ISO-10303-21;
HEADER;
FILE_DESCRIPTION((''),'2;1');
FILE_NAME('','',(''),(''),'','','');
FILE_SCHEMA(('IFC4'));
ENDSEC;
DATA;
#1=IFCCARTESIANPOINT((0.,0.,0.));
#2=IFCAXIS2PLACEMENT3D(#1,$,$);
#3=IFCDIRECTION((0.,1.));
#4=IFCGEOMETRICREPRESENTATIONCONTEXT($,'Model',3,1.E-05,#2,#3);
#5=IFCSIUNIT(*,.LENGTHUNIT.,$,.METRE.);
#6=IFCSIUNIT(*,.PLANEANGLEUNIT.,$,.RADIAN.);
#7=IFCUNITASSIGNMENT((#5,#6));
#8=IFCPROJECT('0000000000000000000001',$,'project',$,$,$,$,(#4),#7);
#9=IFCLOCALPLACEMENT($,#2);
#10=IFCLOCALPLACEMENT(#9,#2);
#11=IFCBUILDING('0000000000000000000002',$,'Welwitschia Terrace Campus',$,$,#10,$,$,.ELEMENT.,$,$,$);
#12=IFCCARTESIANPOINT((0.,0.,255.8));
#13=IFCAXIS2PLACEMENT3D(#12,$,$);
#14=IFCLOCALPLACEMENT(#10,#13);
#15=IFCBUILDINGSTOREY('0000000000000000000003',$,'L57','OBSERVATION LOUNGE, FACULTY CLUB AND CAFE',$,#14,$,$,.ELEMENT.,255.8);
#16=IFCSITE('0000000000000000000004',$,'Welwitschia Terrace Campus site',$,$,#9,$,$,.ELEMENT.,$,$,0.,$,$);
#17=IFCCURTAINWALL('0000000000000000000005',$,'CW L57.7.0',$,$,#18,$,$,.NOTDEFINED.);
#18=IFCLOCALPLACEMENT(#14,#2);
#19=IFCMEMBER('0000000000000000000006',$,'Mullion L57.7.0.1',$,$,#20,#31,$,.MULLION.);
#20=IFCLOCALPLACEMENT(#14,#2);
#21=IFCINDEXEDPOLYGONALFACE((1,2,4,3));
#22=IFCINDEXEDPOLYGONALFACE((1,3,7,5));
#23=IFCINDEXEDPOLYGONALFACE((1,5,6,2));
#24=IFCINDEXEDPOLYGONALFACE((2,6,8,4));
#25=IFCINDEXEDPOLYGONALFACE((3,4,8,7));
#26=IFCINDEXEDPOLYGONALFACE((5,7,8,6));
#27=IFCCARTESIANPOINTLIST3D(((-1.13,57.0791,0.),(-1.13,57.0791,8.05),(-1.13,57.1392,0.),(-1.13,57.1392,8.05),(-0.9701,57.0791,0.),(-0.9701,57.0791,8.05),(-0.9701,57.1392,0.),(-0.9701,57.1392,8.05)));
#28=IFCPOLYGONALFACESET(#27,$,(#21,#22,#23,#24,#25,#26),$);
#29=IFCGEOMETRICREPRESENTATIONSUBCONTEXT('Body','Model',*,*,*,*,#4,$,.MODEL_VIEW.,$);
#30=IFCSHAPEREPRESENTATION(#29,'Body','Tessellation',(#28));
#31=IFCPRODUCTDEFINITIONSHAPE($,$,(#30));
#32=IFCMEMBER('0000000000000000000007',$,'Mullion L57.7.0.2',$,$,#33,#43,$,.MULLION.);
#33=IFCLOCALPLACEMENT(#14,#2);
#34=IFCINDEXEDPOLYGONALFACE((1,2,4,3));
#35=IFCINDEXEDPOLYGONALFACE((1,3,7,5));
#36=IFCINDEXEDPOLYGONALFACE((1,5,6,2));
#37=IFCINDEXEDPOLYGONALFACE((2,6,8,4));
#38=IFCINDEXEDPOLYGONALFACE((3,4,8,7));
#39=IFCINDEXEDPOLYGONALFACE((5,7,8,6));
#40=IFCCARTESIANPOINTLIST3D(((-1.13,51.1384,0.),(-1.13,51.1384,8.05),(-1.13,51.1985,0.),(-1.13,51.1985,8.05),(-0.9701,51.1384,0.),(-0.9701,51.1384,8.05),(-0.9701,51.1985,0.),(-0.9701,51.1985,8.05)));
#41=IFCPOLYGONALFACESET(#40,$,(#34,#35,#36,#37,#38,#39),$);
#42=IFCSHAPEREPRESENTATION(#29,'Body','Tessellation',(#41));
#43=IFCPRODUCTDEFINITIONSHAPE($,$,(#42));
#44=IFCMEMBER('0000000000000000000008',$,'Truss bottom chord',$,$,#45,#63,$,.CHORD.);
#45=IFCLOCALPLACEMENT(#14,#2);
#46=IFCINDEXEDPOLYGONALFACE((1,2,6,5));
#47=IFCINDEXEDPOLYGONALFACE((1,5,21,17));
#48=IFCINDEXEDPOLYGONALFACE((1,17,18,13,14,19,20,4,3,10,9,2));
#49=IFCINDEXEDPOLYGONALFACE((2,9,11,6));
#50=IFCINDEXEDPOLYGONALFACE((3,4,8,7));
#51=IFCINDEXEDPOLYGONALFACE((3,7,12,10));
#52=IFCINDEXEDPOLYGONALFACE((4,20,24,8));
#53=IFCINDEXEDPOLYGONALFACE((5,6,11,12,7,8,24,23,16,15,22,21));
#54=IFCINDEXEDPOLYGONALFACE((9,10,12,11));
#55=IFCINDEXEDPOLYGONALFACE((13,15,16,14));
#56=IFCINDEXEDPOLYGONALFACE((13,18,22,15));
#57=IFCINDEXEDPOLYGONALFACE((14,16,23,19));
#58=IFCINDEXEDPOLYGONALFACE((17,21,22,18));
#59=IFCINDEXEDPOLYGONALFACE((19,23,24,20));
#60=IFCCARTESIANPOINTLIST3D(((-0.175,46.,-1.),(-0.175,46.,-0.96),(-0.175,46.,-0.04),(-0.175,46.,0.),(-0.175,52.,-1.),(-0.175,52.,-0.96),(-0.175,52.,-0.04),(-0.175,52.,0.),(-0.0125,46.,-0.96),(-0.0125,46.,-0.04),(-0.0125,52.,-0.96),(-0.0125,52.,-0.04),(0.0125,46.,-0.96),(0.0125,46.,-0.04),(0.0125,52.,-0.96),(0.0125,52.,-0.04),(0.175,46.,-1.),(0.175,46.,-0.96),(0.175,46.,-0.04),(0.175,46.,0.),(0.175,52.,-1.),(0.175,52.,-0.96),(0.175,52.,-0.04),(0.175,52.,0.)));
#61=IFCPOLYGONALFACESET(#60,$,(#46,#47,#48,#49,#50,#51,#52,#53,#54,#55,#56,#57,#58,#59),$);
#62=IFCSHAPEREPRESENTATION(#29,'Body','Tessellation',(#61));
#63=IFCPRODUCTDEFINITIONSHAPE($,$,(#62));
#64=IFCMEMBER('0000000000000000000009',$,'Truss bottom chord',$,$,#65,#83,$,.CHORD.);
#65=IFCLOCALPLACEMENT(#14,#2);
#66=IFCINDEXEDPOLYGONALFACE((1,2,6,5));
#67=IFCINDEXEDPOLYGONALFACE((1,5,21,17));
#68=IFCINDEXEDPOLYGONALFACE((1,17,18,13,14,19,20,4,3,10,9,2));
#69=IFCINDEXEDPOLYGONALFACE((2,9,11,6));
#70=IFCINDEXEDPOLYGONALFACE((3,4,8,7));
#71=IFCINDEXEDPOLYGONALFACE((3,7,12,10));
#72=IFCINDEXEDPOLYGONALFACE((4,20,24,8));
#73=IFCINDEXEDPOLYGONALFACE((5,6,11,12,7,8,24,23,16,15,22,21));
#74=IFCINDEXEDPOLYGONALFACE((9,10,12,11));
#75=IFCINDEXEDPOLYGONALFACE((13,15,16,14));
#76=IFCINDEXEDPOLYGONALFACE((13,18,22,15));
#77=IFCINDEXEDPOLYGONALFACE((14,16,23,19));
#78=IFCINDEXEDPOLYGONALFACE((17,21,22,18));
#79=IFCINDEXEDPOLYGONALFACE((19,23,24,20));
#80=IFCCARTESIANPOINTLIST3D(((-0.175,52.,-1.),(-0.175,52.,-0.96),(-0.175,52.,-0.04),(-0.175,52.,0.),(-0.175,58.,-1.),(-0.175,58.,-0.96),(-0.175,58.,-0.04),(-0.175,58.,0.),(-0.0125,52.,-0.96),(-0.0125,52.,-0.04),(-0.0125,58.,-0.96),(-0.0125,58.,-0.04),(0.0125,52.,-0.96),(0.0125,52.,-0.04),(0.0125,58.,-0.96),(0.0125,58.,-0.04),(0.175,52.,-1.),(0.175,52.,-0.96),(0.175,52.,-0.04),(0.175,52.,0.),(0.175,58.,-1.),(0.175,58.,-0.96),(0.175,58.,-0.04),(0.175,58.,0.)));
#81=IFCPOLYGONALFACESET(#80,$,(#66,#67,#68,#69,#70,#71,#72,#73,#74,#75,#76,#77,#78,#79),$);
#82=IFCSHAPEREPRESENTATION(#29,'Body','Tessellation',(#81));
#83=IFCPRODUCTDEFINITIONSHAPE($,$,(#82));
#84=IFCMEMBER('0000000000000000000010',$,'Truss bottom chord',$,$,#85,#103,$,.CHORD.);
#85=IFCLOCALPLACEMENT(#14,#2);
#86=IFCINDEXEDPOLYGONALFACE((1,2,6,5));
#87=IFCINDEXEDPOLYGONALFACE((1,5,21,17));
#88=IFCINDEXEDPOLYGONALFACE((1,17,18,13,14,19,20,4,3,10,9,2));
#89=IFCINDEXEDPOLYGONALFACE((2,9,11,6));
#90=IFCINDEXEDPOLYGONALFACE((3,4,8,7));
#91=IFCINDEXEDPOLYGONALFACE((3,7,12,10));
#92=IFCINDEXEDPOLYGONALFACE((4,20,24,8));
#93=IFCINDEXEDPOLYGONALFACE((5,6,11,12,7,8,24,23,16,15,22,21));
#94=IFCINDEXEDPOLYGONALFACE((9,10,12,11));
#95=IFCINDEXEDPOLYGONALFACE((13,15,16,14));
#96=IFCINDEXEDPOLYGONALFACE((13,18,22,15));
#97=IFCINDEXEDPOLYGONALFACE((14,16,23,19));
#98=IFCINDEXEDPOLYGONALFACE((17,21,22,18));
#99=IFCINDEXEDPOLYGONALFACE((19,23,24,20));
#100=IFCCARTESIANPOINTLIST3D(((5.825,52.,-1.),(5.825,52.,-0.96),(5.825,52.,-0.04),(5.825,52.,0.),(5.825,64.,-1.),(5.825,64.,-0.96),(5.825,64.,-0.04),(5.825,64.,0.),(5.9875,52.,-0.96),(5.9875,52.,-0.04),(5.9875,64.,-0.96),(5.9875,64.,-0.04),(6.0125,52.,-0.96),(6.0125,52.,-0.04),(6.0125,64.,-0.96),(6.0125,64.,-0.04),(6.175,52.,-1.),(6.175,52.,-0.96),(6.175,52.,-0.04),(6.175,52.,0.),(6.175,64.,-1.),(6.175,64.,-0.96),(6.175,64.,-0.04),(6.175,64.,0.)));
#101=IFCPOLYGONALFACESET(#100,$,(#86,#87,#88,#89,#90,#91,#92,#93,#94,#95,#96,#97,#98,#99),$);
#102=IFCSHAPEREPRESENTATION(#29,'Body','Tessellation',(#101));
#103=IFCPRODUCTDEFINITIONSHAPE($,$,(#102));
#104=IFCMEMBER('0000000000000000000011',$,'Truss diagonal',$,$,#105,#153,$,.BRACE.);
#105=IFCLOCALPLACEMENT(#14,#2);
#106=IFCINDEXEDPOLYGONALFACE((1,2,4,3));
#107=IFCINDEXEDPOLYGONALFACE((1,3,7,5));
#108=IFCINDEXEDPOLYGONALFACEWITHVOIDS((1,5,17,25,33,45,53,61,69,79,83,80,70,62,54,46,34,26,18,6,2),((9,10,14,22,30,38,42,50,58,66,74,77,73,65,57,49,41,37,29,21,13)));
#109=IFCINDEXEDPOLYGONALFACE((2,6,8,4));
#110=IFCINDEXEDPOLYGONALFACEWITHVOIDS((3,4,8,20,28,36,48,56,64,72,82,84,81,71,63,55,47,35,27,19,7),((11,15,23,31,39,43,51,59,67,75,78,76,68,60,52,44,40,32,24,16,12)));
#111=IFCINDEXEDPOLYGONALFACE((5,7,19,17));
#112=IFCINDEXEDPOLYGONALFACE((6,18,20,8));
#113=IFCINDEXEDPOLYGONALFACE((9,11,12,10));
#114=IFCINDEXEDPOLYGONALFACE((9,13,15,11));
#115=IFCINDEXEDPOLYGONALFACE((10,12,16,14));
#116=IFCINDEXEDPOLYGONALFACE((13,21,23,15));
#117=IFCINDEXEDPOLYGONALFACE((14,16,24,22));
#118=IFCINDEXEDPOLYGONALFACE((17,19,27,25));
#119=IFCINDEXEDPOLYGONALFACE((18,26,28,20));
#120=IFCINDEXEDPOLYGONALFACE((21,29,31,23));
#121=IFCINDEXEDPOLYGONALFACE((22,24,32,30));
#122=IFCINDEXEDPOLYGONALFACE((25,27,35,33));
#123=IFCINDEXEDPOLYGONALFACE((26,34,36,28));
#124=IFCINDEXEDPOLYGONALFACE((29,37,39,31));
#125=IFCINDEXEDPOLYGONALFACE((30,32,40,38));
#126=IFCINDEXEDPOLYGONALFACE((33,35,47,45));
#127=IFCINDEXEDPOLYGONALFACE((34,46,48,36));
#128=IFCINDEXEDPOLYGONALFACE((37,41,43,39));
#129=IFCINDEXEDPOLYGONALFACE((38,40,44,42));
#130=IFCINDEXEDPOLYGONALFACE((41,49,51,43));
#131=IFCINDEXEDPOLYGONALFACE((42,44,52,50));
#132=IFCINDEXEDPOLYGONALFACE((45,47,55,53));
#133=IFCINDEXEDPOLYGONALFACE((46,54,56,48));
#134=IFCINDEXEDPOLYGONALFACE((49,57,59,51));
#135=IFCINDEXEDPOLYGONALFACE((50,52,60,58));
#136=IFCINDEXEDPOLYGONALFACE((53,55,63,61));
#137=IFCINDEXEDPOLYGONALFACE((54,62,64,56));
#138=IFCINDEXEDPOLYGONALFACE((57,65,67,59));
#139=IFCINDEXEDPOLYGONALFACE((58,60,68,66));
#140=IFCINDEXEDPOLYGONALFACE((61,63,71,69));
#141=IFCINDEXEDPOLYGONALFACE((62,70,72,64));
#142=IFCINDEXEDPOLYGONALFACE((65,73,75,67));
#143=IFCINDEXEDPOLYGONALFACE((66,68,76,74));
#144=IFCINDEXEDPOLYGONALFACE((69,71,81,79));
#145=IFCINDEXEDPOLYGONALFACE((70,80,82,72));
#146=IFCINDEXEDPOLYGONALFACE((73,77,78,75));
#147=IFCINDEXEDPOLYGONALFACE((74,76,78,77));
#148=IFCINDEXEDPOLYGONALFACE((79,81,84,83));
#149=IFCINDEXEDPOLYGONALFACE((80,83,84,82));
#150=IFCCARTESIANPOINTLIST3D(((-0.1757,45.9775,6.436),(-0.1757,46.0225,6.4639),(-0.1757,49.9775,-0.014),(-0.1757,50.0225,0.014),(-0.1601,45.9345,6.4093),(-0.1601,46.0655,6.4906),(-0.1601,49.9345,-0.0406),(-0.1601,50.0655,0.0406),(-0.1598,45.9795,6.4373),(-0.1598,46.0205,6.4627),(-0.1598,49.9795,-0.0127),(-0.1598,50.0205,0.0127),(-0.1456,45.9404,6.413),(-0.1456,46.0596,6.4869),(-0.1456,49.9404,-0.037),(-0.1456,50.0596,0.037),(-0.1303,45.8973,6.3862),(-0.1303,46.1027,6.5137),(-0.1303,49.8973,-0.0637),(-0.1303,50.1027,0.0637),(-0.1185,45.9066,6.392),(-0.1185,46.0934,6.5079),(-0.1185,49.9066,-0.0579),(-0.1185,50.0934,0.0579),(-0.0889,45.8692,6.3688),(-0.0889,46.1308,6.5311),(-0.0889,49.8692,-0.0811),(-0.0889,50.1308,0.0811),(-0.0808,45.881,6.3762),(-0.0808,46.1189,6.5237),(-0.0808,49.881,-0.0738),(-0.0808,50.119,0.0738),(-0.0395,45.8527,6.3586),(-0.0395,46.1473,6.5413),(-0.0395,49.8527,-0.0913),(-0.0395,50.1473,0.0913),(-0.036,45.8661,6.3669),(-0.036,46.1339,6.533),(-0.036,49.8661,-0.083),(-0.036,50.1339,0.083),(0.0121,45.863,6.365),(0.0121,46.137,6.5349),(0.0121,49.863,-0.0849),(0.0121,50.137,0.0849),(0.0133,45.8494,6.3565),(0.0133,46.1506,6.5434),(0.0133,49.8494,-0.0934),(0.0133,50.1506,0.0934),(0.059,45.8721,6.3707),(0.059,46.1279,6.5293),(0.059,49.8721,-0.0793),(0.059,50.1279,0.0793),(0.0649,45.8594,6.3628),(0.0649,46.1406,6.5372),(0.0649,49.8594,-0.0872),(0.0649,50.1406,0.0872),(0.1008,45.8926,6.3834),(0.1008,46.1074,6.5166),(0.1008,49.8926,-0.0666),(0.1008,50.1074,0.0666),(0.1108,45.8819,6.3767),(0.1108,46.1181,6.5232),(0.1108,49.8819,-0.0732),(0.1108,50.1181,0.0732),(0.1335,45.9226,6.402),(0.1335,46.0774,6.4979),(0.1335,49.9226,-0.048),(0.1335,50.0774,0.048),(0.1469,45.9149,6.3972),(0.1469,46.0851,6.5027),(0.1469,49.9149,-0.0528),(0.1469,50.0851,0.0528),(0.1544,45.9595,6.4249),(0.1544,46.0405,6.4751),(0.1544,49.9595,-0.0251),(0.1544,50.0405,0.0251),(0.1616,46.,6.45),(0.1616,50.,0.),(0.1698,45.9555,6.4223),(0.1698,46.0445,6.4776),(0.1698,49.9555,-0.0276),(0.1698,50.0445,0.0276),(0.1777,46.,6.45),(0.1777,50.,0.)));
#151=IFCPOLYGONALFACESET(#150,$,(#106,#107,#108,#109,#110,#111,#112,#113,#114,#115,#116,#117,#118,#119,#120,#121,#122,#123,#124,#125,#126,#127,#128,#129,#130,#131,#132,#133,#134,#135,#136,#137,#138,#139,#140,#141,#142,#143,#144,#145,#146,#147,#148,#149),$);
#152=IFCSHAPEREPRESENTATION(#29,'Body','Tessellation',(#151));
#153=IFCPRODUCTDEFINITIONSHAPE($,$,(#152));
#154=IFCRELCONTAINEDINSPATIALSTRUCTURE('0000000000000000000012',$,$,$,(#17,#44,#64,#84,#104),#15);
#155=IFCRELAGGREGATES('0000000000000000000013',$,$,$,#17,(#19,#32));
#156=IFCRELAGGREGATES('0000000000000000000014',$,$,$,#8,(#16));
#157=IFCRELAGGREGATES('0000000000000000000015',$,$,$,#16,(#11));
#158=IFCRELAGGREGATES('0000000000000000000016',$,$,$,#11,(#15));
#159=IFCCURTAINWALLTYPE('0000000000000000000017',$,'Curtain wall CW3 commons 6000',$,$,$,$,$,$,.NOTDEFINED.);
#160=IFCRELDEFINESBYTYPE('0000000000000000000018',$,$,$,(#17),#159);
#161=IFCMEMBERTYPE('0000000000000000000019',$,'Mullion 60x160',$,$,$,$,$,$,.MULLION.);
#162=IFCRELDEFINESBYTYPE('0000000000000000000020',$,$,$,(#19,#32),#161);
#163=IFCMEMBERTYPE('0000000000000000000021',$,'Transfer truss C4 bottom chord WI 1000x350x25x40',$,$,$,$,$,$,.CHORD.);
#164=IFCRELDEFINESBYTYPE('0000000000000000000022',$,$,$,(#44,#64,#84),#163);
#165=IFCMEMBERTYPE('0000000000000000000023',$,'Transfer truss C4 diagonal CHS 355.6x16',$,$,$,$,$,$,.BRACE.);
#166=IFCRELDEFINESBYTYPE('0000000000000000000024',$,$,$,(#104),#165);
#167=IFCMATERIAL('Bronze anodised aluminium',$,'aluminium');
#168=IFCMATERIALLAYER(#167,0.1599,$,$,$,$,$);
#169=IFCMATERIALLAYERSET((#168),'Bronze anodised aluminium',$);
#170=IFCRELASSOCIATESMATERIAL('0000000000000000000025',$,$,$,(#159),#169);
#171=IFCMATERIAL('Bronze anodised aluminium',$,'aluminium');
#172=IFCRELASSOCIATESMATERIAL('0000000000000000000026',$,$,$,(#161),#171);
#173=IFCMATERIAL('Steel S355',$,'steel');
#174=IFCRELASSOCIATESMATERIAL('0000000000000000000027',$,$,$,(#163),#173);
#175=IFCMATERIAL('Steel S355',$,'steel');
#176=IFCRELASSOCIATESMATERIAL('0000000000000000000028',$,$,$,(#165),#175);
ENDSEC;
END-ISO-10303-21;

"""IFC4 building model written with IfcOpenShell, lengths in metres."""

from ifc_helpers import new_model, si_unit, direction, frame, origin, origin_2d, place, context, subcontext, project, spatial, rectangle, hollow_circle, i_section, extrude, material, layer, layer_set, material_profile, profile_set, type_object, element, aggregate, save


model = new_model("IFC4")

# Units and contexts
model_context = context("Model", 3, precision=1e-05, world=origin(), true_north=direction((0.0, 1.0)))
body_context = subcontext(model_context, "Body", "Model", "MODEL_VIEW")
ifc_project = project(units=[si_unit("LENGTHUNIT", "METRE"), si_unit("PLANEANGLEUNIT", "RADIAN")], contexts=[model_context])

# Site, building, storey
site_placement = place(None, origin())
site = spatial("IfcSite", under=ifc_project, at=site_placement, Name="Welwitschia Terrace Campus site", CompositionType="ELEMENT", RefElevation=0.0)
building_placement = place(site_placement, origin())
building = spatial("IfcBuilding", under=site, at=building_placement, Name="Welwitschia Terrace Campus", CompositionType="ELEMENT")
storey_placement = place(building_placement, frame((0.0, 0.0, 255.8)))
storey = spatial("IfcBuildingStorey", under=building, at=storey_placement, Name="L57", Description="OBSERVATION LOUNGE, FACULTY CLUB AND CAFE", CompositionType="ELEMENT", Elevation=255.8)

# Curtain wall, members
ifc_material_1 = material(Name="Bronze anodised aluminium", Category="aluminium")
ifc_layer_1 = layer(ifc_material_1, 0.1599)
ifc_layer_set_1 = layer_set([ifc_layer_1], Name="Bronze anodised aluminium")
curtain_wall_type = type_object("IfcCurtainWallType", Name="Curtain wall CW3 commons 6000", PredefinedType="NOTDEFINED", material=ifc_layer_set_1)
curtain_wall_placement = place(storey_placement, origin())
curtain_wall = element("IfcCurtainWall", 1, at=curtain_wall_placement, inside=storey, type_object=curtain_wall_type, Name="CW L57.7.0", PredefinedType="NOTDEFINED")
ifc_material_2 = material(Name="Bronze anodised aluminium", Category="aluminium")
ifc_material_profile_1 = material_profile(ifc_material_2, rectangle(XDim=0.1599, YDim=0.0601, at=origin_2d()))
ifc_profile_set_1 = profile_set([ifc_material_profile_1], Name="Bronze anodised aluminium")
member_type_1 = type_object("IfcMemberType", Name="Mullion 60x160", PredefinedType="MULLION", material=ifc_profile_set_1)
member_1_placement = place(storey_placement, frame((-1.05, 57.1091, 0.0), z_axis=(0.0, 0.0, 1.0), x_axis=(1.0, 0.0, 0.0)))
member_1 = element("IfcMember", 2, at=member_1_placement, type_object=member_type_1, Name="Mullion L57.7.0.1", PredefinedType="MULLION", context=body_context, shape_type="SweptSolid", body=[
    extrude(rectangle(XDim=0.1599, YDim=0.0601, at=origin_2d()), origin(), (0.0, 0.0, 1.0), 8.05),
])
member_2_placement = place(storey_placement, frame((-1.05, 51.1685, 0.0), z_axis=(0.0, 0.0, 1.0), x_axis=(1.0, 0.0, 0.0)))
member_2 = element("IfcMember", 3, at=member_2_placement, type_object=member_type_1, Name="Mullion L57.7.0.2", PredefinedType="MULLION", context=body_context, shape_type="SweptSolid", body=[
    extrude(rectangle(XDim=0.1599, YDim=0.0601, at=origin_2d()), origin(), (0.0, 0.0, 1.0), 8.05),
])

# Members
ifc_material_3 = material(Name="Steel S355", Category="steel")
ifc_material_profile_2 = material_profile(ifc_material_3, i_section(OverallWidth=0.3501, OverallDepth=1.0, WebThickness=0.0249, FlangeThickness=0.04, at=origin_2d()))
ifc_profile_set_2 = profile_set([ifc_material_profile_2], Name="Steel S355")
member_type_2 = type_object("IfcMemberType", Name="Transfer truss C4 bottom chord WI 1000x350x25x40", PredefinedType="CHORD", material=ifc_profile_set_2)
for number, where, z_axis, x_axis, name in (
    (4, (0.0, 46.0, -0.5), (0.0, 1.0, 0.0), (-1.0, 0.0, 0.0), "Truss bottom chord"),
    (5, (0.0, 52.0, -0.5), (0.0, 1.0, 0.0), (-1.0, 0.0, 0.0), "Truss bottom chord"),
):
    element("IfcMember", number, at=place(storey_placement, frame(where, z_axis=z_axis, x_axis=x_axis)), inside=storey, type_object=member_type_2, Name=name, PredefinedType="CHORD", context=body_context, shape_type="SweptSolid", body=[
        extrude(i_section(OverallWidth=0.3501, OverallDepth=1.0, WebThickness=0.0249, FlangeThickness=0.04, at=origin_2d()), origin(), (0.0, 0.0, 1.0), 6.0),
    ])
member_3_placement = place(storey_placement, frame((6.0, 52.0, -0.5), z_axis=(0.0, 1.0, 0.0), x_axis=(-1.0, 0.0, 0.0)))
element("IfcMember", 6, at=member_3_placement, inside=storey, type_object=member_type_2, Name="Truss bottom chord", PredefinedType="CHORD", context=body_context, shape_type="SweptSolid", body=[
    extrude(i_section(OverallWidth=0.3501, OverallDepth=1.0, WebThickness=0.0249, FlangeThickness=0.04, at=origin_2d()), origin(), (0.0, 0.0, 1.0), 12.0),
])
ifc_material_4 = material(Name="Steel S355", Category="steel")
ifc_material_profile_3 = material_profile(ifc_material_4, hollow_circle(Radius=0.1777, WallThickness=0.0161, at=origin_2d()))
ifc_profile_set_3 = profile_set([ifc_material_profile_3], Name="Steel S355")
member_type_3 = type_object("IfcMemberType", Name="Transfer truss C4 diagonal CHS 355.6x16", PredefinedType="BRACE", material=ifc_profile_set_3)
member_4_placement = place(storey_placement, frame((0.0, 50.0, 0.0), z_axis=(0.0, -0.527038, 0.849842), x_axis=(1.0, 0.0, 0.0)))
element("IfcMember", 7, at=member_4_placement, inside=storey, type_object=member_type_3, Name="Truss diagonal", PredefinedType="BRACE", context=body_context, shape_type="SweptSolid", body=[
    extrude(hollow_circle(Radius=0.1777, WallThickness=0.0161, at=origin_2d()), origin(), (0.0, 0.0, 1.0), 7.5896),
])

aggregate(curtain_wall, [member_1, member_2])

save(model, "model.ifc")
